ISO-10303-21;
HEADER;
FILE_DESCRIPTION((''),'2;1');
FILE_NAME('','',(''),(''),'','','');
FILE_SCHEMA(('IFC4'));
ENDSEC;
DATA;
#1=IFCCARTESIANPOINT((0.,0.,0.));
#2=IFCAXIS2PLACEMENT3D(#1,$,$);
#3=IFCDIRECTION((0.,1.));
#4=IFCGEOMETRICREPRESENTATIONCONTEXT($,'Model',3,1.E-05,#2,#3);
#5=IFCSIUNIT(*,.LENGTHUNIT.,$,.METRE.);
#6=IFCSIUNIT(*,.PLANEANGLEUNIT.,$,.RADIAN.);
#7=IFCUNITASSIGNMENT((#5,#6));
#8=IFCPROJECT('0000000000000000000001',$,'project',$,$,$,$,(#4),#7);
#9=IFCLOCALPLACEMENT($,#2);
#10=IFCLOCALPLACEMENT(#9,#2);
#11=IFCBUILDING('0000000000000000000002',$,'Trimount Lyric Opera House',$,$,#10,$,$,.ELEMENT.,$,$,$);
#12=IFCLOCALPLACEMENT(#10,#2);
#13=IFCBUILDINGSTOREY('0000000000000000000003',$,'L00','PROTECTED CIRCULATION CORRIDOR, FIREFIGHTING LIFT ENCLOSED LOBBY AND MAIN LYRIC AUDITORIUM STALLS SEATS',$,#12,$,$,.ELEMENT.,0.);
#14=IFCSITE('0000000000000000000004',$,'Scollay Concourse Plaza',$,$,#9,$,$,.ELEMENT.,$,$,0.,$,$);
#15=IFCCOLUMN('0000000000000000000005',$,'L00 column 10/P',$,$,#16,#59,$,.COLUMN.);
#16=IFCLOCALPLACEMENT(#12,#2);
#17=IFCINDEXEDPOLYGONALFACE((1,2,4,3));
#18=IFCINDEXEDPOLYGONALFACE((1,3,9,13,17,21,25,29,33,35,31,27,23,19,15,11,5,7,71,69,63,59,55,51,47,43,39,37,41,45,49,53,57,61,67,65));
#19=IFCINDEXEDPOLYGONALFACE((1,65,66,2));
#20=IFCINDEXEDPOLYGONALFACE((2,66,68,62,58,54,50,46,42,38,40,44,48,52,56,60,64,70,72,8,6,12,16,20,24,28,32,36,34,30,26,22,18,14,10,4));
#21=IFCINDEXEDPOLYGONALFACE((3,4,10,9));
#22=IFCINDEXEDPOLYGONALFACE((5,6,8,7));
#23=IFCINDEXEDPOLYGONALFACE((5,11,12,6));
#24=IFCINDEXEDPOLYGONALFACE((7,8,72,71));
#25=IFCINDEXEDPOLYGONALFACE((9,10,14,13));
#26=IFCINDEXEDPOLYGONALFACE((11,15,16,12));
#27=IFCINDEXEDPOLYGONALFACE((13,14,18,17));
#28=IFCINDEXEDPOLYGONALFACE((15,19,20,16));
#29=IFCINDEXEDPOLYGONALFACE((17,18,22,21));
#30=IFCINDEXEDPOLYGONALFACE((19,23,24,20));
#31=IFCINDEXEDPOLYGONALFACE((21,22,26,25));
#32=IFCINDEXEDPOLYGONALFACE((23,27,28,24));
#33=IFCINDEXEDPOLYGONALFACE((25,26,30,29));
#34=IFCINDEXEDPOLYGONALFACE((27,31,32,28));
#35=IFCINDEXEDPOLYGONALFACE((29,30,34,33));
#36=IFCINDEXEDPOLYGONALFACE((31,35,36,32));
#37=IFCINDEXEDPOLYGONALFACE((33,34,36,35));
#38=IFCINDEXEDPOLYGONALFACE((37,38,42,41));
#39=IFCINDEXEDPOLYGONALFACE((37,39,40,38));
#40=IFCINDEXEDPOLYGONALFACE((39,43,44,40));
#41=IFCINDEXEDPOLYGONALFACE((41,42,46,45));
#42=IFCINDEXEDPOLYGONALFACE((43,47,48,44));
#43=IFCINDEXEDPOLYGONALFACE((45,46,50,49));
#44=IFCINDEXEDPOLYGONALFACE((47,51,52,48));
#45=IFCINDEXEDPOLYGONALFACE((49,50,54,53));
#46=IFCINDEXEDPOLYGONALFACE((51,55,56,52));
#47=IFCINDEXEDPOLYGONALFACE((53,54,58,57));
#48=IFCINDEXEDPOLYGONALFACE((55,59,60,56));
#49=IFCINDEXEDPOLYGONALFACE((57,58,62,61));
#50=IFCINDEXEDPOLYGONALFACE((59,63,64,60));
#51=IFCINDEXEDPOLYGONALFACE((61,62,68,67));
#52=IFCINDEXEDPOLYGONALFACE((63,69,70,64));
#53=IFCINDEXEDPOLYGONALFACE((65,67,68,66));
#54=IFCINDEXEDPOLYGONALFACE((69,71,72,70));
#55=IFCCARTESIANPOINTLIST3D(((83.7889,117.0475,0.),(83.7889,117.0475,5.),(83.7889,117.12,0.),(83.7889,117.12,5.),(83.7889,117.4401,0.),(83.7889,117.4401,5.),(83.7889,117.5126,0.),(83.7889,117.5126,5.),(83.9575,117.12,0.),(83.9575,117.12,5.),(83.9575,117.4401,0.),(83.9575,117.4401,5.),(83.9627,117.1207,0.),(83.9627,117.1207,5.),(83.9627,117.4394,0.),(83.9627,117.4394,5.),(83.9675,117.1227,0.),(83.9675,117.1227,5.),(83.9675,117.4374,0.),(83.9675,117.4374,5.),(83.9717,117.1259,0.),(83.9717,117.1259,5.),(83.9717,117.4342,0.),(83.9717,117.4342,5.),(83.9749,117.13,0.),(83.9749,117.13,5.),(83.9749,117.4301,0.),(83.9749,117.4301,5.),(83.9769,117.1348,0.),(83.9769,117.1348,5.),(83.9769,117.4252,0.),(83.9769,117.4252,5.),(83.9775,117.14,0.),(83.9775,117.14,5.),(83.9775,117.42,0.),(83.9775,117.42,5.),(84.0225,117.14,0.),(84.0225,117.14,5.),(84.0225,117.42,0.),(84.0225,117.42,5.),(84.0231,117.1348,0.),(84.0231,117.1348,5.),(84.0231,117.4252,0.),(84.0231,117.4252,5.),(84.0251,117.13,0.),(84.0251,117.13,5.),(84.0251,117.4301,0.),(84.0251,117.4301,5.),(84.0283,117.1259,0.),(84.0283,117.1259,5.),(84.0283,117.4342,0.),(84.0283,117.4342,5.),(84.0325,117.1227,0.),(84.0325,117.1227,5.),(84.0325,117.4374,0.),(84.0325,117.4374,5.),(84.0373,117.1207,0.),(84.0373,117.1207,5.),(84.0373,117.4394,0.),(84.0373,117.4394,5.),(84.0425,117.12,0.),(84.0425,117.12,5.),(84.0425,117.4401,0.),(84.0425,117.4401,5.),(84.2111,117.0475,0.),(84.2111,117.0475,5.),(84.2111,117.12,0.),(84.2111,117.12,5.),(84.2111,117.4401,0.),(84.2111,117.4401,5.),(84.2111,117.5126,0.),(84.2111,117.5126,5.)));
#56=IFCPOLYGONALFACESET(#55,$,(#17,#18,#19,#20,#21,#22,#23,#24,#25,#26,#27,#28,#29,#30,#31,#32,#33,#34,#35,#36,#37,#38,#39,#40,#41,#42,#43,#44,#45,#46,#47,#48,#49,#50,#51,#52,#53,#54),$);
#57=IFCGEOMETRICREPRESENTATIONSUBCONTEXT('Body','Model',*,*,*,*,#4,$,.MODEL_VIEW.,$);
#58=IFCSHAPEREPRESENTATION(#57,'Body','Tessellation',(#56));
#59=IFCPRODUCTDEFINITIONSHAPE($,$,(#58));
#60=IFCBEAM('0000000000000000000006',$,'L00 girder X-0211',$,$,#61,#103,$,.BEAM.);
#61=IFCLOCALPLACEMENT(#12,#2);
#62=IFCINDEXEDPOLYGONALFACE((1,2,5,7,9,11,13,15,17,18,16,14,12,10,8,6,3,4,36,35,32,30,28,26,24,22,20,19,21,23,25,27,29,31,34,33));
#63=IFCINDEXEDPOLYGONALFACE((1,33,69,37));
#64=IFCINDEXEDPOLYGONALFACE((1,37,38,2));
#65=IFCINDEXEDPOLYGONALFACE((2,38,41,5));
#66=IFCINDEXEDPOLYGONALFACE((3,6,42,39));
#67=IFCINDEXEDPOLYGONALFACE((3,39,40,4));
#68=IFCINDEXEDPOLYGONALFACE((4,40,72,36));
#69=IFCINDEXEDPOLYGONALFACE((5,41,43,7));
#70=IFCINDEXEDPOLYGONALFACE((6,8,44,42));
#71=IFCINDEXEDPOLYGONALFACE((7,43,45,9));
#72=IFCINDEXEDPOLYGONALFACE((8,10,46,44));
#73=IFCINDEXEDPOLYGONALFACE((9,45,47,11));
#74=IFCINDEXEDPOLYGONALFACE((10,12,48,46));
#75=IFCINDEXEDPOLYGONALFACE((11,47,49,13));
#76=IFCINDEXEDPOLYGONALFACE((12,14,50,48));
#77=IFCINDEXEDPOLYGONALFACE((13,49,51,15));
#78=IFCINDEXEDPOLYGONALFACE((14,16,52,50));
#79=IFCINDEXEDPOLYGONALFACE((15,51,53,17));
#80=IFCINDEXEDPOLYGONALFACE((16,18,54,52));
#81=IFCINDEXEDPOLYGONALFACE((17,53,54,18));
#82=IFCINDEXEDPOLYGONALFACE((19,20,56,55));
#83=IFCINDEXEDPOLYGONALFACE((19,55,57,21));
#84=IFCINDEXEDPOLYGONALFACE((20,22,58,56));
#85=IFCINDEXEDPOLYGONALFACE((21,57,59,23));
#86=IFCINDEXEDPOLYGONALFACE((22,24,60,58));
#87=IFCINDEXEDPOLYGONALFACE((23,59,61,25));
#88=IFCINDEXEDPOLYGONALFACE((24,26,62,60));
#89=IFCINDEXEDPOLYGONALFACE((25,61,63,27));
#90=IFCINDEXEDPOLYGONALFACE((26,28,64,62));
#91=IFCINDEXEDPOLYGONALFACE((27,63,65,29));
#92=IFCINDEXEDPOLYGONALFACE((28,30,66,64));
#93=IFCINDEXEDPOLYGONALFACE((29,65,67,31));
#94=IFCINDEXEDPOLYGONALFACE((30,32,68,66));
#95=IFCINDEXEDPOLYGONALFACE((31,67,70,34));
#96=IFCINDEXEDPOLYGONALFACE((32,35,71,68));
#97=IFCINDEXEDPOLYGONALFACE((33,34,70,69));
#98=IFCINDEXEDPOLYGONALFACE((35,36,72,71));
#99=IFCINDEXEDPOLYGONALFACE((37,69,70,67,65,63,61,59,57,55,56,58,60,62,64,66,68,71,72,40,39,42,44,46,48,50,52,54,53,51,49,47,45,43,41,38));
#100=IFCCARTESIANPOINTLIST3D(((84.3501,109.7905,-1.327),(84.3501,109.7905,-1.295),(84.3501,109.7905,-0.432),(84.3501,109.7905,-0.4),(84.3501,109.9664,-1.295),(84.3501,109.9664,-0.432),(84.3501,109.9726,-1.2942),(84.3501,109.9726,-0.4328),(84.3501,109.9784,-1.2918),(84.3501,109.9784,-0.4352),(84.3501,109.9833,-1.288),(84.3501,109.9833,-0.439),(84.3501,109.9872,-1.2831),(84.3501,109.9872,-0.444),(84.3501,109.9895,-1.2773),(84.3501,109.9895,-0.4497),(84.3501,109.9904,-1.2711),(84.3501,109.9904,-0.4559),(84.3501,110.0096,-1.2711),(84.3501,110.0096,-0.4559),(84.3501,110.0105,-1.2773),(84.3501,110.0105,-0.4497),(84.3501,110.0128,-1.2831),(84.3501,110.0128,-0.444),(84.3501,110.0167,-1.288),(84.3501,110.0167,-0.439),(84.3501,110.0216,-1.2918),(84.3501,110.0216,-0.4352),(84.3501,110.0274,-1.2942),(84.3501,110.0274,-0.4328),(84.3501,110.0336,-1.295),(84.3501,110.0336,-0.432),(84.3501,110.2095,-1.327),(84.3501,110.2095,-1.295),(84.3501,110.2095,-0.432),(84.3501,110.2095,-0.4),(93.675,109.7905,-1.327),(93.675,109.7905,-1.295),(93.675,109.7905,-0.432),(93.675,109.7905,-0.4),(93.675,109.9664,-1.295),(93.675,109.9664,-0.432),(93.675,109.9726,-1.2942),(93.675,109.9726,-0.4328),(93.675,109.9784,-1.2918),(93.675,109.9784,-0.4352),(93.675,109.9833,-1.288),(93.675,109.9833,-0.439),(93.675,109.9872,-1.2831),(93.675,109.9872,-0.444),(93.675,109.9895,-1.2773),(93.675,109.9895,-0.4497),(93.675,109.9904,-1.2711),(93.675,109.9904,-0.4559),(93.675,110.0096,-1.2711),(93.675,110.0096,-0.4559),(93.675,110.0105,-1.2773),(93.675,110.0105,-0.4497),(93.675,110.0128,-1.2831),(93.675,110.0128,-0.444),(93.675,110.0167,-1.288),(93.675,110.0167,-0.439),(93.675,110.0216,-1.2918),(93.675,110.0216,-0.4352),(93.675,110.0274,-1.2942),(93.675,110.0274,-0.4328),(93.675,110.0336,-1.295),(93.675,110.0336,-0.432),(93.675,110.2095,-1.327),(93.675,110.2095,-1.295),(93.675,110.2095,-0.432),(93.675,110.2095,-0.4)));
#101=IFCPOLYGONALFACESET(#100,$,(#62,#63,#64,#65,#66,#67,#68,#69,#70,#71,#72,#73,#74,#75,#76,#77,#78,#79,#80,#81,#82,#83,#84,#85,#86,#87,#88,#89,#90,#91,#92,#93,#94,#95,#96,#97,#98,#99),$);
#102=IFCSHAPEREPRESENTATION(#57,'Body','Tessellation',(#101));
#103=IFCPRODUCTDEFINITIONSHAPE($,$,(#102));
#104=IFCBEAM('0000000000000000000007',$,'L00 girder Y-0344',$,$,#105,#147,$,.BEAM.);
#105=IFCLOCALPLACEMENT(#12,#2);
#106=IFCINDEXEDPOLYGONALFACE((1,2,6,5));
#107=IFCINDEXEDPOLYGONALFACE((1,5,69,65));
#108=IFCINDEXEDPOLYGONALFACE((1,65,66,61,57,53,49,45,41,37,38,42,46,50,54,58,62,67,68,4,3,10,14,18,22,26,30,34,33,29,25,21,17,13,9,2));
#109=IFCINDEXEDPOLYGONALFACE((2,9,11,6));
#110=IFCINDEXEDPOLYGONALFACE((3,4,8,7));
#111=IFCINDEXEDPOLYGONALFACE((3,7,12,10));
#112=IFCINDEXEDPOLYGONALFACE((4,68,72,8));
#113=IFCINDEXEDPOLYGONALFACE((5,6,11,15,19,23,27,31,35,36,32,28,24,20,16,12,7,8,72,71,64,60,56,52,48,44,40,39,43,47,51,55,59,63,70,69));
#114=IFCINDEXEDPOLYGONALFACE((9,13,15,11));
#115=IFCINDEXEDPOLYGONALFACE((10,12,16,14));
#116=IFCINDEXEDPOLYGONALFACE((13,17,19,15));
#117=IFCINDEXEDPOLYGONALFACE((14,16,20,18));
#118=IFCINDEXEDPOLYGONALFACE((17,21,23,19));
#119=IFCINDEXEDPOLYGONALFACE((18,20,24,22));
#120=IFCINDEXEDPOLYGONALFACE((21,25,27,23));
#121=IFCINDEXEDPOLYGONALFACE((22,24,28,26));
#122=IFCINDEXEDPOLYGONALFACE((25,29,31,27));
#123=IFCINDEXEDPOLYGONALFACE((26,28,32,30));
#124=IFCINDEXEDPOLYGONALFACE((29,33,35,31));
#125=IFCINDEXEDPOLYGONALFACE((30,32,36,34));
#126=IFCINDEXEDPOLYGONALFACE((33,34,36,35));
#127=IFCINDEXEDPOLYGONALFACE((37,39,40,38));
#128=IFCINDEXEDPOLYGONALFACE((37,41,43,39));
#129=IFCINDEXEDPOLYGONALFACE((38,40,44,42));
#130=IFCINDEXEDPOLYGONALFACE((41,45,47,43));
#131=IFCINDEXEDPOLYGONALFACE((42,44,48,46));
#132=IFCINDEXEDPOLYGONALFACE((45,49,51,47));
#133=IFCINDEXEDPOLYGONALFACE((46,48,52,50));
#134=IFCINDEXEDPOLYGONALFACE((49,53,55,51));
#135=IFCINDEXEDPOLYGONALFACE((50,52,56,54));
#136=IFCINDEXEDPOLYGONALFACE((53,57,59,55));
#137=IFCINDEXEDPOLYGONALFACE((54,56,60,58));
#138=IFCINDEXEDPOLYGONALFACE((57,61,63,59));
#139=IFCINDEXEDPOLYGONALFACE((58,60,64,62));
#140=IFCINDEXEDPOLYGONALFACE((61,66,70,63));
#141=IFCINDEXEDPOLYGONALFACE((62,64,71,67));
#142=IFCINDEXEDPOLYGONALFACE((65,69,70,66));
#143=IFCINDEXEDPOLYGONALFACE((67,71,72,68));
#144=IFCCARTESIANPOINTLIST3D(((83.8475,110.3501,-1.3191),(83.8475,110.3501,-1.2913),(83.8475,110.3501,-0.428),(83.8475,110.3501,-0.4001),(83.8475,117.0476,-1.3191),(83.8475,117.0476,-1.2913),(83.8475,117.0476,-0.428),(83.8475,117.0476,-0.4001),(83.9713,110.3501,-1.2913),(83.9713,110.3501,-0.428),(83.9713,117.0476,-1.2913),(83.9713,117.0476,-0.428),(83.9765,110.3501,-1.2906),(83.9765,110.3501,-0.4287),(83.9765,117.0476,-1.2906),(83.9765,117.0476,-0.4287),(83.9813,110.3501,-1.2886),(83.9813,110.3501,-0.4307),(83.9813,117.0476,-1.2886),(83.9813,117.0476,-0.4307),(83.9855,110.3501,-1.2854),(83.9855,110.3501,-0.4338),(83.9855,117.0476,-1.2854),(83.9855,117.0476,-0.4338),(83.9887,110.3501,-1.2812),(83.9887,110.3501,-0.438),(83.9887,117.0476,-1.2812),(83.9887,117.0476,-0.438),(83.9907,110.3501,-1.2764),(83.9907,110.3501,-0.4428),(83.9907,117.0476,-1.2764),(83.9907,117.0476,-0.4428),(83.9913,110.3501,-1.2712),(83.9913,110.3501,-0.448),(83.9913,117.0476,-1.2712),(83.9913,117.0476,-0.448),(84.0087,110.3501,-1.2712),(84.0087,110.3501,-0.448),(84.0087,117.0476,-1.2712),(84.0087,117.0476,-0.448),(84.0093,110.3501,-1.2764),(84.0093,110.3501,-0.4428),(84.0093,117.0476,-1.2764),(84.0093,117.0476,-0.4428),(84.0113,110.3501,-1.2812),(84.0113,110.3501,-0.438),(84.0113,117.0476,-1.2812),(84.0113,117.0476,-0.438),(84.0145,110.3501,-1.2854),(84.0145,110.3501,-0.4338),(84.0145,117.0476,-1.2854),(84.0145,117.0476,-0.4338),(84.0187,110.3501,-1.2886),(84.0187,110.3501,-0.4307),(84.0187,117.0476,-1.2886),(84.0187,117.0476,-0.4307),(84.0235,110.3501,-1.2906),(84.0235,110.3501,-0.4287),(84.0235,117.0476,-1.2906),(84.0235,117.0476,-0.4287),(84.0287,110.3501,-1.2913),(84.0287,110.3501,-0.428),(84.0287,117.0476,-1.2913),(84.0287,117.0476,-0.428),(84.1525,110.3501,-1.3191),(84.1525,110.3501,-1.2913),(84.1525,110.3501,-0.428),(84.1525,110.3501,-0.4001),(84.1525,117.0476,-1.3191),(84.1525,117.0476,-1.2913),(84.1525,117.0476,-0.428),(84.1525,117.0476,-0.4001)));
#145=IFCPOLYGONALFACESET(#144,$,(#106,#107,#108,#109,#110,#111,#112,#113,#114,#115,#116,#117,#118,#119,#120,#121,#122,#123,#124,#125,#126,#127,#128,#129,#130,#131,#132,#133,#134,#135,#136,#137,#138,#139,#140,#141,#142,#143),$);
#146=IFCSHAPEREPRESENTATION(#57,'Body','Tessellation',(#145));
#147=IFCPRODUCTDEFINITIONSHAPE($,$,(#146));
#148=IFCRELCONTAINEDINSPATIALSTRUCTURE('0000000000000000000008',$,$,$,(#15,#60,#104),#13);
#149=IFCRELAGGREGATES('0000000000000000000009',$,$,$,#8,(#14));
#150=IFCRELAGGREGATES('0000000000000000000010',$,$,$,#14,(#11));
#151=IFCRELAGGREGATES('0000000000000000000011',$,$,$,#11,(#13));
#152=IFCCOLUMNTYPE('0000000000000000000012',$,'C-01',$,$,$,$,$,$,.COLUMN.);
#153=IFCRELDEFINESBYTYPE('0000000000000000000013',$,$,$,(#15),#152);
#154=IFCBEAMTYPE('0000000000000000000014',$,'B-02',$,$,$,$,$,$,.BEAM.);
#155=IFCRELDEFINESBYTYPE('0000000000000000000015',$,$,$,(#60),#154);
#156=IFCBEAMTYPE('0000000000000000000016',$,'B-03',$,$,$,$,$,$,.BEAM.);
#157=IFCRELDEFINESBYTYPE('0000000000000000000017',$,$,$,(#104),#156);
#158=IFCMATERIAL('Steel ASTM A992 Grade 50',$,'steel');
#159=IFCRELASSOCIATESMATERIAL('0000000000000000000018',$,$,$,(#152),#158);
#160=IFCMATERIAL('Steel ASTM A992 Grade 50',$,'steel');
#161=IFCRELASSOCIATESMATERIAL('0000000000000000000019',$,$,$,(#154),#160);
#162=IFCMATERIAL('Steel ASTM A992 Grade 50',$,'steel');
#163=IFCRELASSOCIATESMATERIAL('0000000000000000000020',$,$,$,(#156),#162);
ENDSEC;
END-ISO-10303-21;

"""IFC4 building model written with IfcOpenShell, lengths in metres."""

from ifc_helpers import new_model, si_unit, direction, frame, origin, origin_2d, place, context, subcontext, project, spatial, i_section, extrude, material, material_profile, profile_set, type_object, element, save


model = new_model("IFC4")

# Units and contexts
model_context = context("Model", 3, precision=1e-05, world=origin(), true_north=direction((0.0, 1.0)))
body_context = subcontext(model_context, "Body", "Model", "MODEL_VIEW")
ifc_project = project(units=[si_unit("LENGTHUNIT", "METRE"), si_unit("PLANEANGLEUNIT", "RADIAN")], contexts=[model_context])

# Site, building, storey
site_placement = place(None, origin())
site = spatial("IfcSite", under=ifc_project, at=site_placement, Name="Scollay Concourse Plaza", CompositionType="ELEMENT", RefElevation=0.0)
building_placement = place(site_placement, origin())
building = spatial("IfcBuilding", under=site, at=building_placement, Name="Trimount Lyric Opera House", CompositionType="ELEMENT")
storey_placement = place(building_placement, origin())
storey = spatial("IfcBuildingStorey", under=building, at=storey_placement, Name="L00", Description="PROTECTED CIRCULATION CORRIDOR, FIREFIGHTING LIFT ENCLOSED LOBBY AND MAIN LYRIC AUDITORIUM STALLS SEATS", CompositionType="ELEMENT", Elevation=0.0)

# Column
ifc_material_1 = material(Name="Steel ASTM A992 Grade 50", Category="steel")
ifc_material_profile_1 = material_profile(ifc_material_1, i_section(OverallWidth=0.4221, OverallDepth=0.4651, WebThickness=0.0449, FlangeThickness=0.0725, FilletRadius=0.02, at=origin_2d()), Name="W14X398")
ifc_profile_set_1 = profile_set([ifc_material_profile_1], Name="Steel ASTM A992 Grade 50")
column_type = type_object("IfcColumnType", Name="C-01", PredefinedType="COLUMN", material=ifc_profile_set_1)
column_placement = place(storey_placement, frame((84.0, 117.28, 0.0), z_axis=(0.0, 0.0, 1.0), x_axis=(1.0, 0.0, 0.0)))
element("IfcColumn", 1, at=column_placement, inside=storey, type_object=column_type, Name="L00 column 10/P", PredefinedType="COLUMN", context=body_context, shape_type="SweptSolid", body=[
    extrude(i_section(OverallWidth=0.4221, OverallDepth=0.4651, WebThickness=0.0449, FlangeThickness=0.0725, FilletRadius=0.02, at=origin_2d()), origin(), (0.0, 0.0, 1.0), 5.0),
])

# Beams
ifc_material_2 = material(Name="Steel ASTM A992 Grade 50", Category="steel")
ifc_material_profile_2 = material_profile(ifc_material_2, i_section(OverallWidth=0.4189, OverallDepth=0.927, WebThickness=0.0193, FlangeThickness=0.032, FilletRadius=0.0239, at=origin_2d()), Name="W36X231")
ifc_profile_set_2 = profile_set([ifc_material_profile_2], Name="Steel ASTM A992 Grade 50")
beam_type_1 = type_object("IfcBeamType", Name="B-02", PredefinedType="BEAM", material=ifc_profile_set_2)
beam_1_placement = place(storey_placement, frame((84.3501, 110.0, -0.8635), z_axis=(1.0, 0.0, 0.0), x_axis=(0.0, 1.0, 0.0)))
element("IfcBeam", 2, at=beam_1_placement, inside=storey, type_object=beam_type_1, Name="L00 girder X-0211", PredefinedType="BEAM", context=body_context, shape_type="SweptSolid", body=[
    extrude(i_section(OverallWidth=0.4189, OverallDepth=0.927, WebThickness=0.0193, FlangeThickness=0.032, FilletRadius=0.0239, at=origin_2d()), origin(), (0.0, 0.0, 1.0), 9.325),
])
ifc_material_3 = material(Name="Steel ASTM A992 Grade 50", Category="steel")
ifc_material_profile_3 = material_profile(ifc_material_3, i_section(OverallWidth=0.3049, OverallDepth=0.9189, WebThickness=0.0173, FlangeThickness=0.0278, FilletRadius=0.02, at=origin_2d()), Name="W36X170")
ifc_profile_set_3 = profile_set([ifc_material_profile_3], Name="Steel ASTM A992 Grade 50")
beam_type_2 = type_object("IfcBeamType", Name="B-03", PredefinedType="BEAM", material=ifc_profile_set_3)
beam_2_placement = place(storey_placement, frame((84.0, 110.3501, -0.8596), z_axis=(0.0, 1.0, 0.0), x_axis=(-1.0, 0.0, 0.0)))
element("IfcBeam", 3, at=beam_2_placement, inside=storey, type_object=beam_type_2, Name="L00 girder Y-0344", PredefinedType="BEAM", context=body_context, shape_type="SweptSolid", body=[
    extrude(i_section(OverallWidth=0.3049, OverallDepth=0.9189, WebThickness=0.0173, FlangeThickness=0.0278, FilletRadius=0.02, at=origin_2d()), origin(), (0.0, 0.0, 1.0), 6.6975),
])

save(model, "model.ifc")
